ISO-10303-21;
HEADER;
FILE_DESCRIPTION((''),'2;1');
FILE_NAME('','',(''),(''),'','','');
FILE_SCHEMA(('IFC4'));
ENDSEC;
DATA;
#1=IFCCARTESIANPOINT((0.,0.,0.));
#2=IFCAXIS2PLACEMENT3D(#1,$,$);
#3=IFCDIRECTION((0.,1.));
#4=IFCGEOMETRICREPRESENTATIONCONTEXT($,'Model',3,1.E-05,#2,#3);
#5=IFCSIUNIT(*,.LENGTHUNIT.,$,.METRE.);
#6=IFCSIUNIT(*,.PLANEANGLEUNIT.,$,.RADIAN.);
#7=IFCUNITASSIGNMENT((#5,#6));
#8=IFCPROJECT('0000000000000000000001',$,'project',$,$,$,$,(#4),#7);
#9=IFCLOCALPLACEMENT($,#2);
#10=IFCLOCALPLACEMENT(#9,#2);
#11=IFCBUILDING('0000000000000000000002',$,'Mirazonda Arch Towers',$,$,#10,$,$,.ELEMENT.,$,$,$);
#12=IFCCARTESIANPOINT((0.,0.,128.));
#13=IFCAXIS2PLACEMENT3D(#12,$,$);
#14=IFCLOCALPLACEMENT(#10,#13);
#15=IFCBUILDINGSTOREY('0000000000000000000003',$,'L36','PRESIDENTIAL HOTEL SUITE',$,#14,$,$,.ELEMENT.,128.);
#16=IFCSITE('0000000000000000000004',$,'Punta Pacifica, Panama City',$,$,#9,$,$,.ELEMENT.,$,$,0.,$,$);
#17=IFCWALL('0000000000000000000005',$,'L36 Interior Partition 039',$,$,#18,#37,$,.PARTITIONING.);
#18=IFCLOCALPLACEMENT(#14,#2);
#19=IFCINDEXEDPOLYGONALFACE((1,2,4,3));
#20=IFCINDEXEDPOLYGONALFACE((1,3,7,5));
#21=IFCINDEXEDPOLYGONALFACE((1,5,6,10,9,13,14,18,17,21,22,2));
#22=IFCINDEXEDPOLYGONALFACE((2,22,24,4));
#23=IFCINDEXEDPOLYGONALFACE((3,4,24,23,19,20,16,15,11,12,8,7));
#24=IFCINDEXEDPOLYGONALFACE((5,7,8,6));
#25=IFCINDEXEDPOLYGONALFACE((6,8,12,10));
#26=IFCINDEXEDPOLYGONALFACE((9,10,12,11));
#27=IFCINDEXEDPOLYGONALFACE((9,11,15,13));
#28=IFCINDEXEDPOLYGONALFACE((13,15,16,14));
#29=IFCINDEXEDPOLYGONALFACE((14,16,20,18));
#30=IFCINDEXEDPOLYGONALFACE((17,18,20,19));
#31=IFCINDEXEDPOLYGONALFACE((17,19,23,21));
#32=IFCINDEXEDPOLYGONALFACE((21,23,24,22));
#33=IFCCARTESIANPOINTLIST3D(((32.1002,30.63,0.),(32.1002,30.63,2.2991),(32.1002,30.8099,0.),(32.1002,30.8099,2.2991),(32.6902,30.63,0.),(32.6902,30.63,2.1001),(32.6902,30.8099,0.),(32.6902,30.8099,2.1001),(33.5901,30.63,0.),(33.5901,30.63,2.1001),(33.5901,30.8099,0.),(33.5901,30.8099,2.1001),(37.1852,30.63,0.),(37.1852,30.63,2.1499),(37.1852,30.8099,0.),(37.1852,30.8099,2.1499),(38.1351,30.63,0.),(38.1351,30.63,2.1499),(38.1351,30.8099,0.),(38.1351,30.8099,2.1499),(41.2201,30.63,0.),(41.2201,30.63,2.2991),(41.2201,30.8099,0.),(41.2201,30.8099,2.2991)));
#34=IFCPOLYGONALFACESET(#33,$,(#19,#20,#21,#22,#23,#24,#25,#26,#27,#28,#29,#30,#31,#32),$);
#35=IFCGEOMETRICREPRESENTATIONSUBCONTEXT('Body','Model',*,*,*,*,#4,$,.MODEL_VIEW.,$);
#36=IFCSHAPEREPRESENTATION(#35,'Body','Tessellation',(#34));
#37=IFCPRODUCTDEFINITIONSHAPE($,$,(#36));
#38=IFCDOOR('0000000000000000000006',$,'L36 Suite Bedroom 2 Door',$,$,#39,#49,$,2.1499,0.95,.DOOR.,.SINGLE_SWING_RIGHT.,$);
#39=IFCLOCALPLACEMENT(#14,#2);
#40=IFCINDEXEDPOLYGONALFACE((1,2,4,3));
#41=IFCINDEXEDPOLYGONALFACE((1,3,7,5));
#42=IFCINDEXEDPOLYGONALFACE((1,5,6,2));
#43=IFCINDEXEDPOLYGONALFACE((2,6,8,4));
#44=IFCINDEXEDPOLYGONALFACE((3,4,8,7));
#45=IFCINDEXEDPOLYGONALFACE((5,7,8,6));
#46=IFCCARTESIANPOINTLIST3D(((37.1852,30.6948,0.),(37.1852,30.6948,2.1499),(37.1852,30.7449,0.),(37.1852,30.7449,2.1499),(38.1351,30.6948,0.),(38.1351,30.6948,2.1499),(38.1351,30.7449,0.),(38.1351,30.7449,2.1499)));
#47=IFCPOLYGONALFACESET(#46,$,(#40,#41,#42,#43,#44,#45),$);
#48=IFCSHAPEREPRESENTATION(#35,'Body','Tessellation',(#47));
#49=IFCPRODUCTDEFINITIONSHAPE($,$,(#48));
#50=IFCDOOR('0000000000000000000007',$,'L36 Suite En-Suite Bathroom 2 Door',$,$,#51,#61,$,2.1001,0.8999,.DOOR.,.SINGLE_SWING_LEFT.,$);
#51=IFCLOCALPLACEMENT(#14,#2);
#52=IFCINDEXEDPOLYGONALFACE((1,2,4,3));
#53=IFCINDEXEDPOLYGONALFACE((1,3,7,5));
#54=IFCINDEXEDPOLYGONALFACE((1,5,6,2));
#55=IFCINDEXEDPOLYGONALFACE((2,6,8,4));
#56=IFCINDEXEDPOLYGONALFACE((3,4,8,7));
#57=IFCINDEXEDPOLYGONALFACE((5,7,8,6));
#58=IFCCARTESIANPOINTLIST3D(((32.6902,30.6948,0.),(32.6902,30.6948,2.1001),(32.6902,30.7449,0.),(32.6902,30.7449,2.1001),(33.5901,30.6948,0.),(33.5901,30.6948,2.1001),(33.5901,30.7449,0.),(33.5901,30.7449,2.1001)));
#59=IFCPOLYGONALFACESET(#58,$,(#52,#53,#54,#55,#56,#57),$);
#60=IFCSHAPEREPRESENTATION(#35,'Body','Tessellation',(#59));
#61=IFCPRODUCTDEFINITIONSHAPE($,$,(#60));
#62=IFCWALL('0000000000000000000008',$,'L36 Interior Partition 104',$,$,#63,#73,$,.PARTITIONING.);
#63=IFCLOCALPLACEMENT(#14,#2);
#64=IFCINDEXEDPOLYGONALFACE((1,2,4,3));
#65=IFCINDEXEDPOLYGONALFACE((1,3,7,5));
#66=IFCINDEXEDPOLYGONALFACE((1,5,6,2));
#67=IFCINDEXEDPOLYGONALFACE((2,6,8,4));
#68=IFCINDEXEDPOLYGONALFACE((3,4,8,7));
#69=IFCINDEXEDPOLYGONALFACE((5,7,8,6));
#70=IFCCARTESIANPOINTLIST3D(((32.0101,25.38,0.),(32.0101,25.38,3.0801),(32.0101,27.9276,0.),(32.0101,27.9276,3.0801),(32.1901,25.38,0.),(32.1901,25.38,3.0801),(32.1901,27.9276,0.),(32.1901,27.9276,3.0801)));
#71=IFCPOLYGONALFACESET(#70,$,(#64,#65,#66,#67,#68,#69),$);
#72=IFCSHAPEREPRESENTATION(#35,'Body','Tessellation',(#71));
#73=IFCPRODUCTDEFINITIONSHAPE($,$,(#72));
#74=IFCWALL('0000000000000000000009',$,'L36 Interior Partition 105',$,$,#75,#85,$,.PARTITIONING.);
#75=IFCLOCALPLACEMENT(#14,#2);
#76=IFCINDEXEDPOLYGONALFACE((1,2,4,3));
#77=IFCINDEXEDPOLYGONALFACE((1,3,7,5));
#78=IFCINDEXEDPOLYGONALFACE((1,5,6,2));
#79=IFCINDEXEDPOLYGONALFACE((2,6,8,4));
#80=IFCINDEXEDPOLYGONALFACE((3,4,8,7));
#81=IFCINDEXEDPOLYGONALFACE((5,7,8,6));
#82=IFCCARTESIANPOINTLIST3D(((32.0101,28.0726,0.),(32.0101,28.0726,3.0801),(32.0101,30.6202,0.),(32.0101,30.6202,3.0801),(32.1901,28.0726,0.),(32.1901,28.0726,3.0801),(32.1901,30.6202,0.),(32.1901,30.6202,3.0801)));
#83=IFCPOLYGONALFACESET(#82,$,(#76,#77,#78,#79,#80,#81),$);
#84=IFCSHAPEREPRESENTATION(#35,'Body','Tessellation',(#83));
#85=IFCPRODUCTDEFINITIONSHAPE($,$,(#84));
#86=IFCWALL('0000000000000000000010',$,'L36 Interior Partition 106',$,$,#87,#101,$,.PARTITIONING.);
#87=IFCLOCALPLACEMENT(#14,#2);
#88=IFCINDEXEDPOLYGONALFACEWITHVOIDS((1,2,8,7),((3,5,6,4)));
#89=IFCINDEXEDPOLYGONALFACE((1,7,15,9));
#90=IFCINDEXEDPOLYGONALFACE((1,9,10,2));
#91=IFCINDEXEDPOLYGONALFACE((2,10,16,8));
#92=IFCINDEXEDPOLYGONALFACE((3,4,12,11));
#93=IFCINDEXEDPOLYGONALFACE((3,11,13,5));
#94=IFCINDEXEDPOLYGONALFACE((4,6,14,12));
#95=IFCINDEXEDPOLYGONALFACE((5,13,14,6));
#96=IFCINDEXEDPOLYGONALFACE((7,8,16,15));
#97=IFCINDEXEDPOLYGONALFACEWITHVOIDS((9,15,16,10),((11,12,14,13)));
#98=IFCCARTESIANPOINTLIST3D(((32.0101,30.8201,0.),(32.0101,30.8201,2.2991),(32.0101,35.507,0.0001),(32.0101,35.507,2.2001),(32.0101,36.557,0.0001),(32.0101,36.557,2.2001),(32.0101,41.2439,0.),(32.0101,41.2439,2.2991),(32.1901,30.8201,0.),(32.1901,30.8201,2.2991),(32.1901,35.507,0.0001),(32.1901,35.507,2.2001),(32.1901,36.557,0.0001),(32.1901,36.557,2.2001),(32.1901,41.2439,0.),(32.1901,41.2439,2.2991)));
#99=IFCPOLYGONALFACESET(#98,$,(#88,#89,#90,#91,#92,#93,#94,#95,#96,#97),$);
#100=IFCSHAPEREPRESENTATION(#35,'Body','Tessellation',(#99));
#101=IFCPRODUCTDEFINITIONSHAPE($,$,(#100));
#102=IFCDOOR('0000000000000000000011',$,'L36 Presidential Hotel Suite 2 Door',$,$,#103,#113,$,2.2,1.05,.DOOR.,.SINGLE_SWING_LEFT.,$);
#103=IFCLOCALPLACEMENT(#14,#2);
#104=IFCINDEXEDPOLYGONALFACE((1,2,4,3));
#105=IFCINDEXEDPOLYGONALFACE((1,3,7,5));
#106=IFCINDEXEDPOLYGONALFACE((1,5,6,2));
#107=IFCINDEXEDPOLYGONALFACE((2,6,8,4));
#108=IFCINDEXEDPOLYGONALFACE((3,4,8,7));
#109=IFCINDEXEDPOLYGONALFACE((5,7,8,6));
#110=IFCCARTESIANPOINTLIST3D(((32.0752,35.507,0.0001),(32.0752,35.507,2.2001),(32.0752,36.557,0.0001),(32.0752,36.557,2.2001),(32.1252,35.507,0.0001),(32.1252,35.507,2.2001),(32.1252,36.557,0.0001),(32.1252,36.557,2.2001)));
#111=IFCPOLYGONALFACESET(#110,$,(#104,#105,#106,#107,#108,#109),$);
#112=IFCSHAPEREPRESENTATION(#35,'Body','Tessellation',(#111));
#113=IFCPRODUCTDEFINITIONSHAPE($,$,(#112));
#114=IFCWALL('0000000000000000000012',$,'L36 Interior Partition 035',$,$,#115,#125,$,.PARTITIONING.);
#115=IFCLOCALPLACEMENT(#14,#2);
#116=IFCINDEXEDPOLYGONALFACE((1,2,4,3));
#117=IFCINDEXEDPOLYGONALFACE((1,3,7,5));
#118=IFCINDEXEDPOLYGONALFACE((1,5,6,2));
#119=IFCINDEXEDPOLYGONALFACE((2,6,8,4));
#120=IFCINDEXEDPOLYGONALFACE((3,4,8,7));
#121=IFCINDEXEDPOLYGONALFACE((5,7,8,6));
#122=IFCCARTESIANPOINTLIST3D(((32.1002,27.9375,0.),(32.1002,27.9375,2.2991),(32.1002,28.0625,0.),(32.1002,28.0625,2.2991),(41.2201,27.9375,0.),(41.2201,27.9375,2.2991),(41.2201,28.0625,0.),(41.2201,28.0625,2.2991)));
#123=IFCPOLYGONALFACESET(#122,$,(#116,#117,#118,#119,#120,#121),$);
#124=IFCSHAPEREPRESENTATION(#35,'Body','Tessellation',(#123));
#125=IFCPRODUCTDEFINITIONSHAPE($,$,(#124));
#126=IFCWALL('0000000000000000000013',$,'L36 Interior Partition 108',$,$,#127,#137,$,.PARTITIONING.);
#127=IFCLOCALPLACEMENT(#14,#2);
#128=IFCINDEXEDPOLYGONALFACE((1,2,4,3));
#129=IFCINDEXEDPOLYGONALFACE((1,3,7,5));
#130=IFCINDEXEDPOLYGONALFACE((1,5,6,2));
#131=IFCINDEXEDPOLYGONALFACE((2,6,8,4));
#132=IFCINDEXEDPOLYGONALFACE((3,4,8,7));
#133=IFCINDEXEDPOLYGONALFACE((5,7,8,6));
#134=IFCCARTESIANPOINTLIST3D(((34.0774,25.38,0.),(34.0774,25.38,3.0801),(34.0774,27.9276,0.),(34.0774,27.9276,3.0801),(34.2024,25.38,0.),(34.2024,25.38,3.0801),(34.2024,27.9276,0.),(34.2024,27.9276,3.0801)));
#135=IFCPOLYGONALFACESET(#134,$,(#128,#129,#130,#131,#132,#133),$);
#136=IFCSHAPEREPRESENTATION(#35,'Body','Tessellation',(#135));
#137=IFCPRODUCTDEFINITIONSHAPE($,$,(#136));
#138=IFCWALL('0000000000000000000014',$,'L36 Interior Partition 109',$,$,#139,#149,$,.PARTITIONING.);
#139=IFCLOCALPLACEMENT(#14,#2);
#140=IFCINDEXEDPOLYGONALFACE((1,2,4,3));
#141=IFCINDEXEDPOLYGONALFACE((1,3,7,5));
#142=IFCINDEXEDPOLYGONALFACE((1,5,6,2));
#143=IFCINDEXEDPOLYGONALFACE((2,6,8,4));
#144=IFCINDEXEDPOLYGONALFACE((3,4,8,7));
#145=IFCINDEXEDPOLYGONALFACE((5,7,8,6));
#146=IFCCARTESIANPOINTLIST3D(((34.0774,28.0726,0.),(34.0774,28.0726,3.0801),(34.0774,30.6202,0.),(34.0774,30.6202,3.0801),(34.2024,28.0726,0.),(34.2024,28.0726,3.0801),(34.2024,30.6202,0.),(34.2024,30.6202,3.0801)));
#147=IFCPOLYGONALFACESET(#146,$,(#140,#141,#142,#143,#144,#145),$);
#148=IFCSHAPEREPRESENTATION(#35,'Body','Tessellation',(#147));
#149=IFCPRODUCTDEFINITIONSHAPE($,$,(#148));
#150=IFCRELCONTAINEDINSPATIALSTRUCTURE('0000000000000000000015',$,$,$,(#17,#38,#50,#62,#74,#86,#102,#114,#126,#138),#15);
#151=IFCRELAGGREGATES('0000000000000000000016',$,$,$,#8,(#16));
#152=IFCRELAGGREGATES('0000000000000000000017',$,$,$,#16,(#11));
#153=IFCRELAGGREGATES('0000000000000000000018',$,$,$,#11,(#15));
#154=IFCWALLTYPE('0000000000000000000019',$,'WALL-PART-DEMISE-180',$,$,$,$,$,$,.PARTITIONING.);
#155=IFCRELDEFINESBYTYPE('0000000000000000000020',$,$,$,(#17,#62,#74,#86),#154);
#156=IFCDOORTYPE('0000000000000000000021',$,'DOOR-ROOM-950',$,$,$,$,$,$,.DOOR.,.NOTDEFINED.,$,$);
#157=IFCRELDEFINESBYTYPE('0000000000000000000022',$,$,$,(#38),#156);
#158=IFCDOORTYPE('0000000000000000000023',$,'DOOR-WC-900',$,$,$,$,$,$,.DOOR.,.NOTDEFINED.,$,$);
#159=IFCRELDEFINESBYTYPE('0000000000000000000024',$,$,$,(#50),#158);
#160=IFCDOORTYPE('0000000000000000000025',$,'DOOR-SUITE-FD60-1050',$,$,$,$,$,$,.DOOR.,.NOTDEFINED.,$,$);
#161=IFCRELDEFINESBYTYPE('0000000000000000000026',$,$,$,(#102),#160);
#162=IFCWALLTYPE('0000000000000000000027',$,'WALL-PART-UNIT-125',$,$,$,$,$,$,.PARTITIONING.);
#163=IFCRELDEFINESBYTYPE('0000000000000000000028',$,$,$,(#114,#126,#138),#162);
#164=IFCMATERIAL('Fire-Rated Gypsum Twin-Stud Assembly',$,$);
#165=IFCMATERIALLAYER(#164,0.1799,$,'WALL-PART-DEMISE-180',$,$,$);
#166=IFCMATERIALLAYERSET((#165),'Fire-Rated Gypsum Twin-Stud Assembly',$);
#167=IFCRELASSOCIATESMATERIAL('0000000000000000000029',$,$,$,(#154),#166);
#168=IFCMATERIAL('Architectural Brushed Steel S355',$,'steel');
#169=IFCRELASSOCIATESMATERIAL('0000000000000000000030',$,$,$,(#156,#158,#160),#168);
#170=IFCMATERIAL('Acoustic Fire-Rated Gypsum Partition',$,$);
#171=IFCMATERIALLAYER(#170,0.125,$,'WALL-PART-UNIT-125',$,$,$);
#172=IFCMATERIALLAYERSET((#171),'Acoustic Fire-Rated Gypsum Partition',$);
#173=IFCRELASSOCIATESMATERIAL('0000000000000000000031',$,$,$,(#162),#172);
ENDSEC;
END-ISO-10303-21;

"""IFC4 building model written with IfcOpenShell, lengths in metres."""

from ifc_helpers import new_model, si_unit, direction, frame, frame_2d, origin, place, context, subcontext, project, spatial, rectangle, extrude, material, layer, layer_set, type_object, element, fill, save


model = new_model("IFC4")

# Units and contexts
model_context = context("Model", 3, precision=1e-05, world=origin(), true_north=direction((0.0, 1.0)))
body_context = subcontext(model_context, "Body", "Model", "MODEL_VIEW")
ifc_project = project(units=[si_unit("LENGTHUNIT", "METRE"), si_unit("PLANEANGLEUNIT", "RADIAN")], contexts=[model_context])

# Site, building, storey
site_placement = place(None, origin())
site = spatial("IfcSite", under=ifc_project, at=site_placement, Name="Punta Pacifica, Panama City", CompositionType="ELEMENT", RefElevation=0.0)
building_placement = place(site_placement, origin())
building = spatial("IfcBuilding", under=site, at=building_placement, Name="Mirazonda Arch Towers", CompositionType="ELEMENT")
storey_placement = place(building_placement, frame((0.0, 0.0, 128.0)))
storey = spatial("IfcBuildingStorey", under=building, at=storey_placement, Name="L36", Description="PRESIDENTIAL HOTEL SUITE", CompositionType="ELEMENT", Elevation=128.0)

# Wall, openings, doors
ifc_material_1 = material(Name="Fire-Rated Gypsum Twin-Stud Assembly")
ifc_layer_1 = layer(ifc_material_1, 0.1799, Name="WALL-PART-DEMISE-180")
ifc_layer_set_1 = layer_set([ifc_layer_1], Name="Fire-Rated Gypsum Twin-Stud Assembly")
wall_type_1 = type_object("IfcWallType", Name="WALL-PART-DEMISE-180", PredefinedType="PARTITIONING", material=ifc_layer_set_1)
ifc_material_2 = material(Name="Architectural Brushed Steel S355", Category="steel")
door_type_1 = type_object("IfcDoorType", Name="DOOR-ROOM-950", OperationType="NOTDEFINED", PredefinedType="DOOR", material=ifc_material_2)
door_type_2 = type_object("IfcDoorType", Name="DOOR-WC-900", OperationType="NOTDEFINED", PredefinedType="DOOR", material=ifc_material_2)
wall_1_placement = place(storey_placement, frame((32.1001, 30.72, 0.0), z_axis=(0.0, 0.0, 1.0), x_axis=(1.0, 0.0, 0.0)))
wall_1 = element("IfcWall", 1, at=wall_1_placement, inside=storey, type_object=wall_type_1, Name="L36 Interior Partition 039", PredefinedType="PARTITIONING", context=body_context, shape_type="SweptSolid", body=[
    extrude(rectangle(XDim=9.1199, YDim=0.1799, at=frame_2d((4.5601, 0.0))), origin(), (0.0, 0.0, 1.0), 2.2991),
])
opening_1_placement = place(wall_1_placement, frame((5.085, 0.0, 0.0)))
opening_1 = element("IfcOpeningElement", 2, at=opening_1_placement, cuts=wall_1, PredefinedType="OPENING", context=body_context, shape_type="SweptSolid", body=[
    extrude(rectangle(XDim=0.95, YDim=2.1499, at=frame_2d((0.4751, 1.075))), frame((0.0, 0.0999, 0.0), z_axis=(0.0, -1.0, 0.0), x_axis=(1.0, 0.0, 0.0)), (0.0, 0.0, 1.0), 0.2),
])
opening_2_placement = place(wall_1_placement, frame((0.5901, 0.0, 0.0)))
opening_2 = element("IfcOpeningElement", 3, at=opening_2_placement, cuts=wall_1, PredefinedType="OPENING", context=body_context, shape_type="SweptSolid", body=[
    extrude(rectangle(XDim=0.8999, YDim=2.1001, at=frame_2d((0.45, 1.05))), frame((0.0, 0.0999, 0.0), z_axis=(0.0, -1.0, 0.0), x_axis=(1.0, 0.0, 0.0)), (0.0, 0.0, 1.0), 0.2),
])
door_1_placement = place(opening_1_placement, origin())
door_1 = element("IfcDoor", 4, at=door_1_placement, inside=storey, type_object=door_type_1, Name="L36 Suite Bedroom 2 Door", OperationType="SINGLE_SWING_RIGHT", OverallHeight=2.1499, OverallWidth=0.95, PredefinedType="DOOR", context=body_context, shape_type="SweptSolid", body=[
    extrude(rectangle(XDim=0.95, YDim=2.1499, at=frame_2d((0.4751, 1.075))), frame((0.0, 0.0249, 0.0), z_axis=(0.0, -1.0, 0.0), x_axis=(1.0, 0.0, 0.0)), (0.0, 0.0, 1.0), 0.05),
])
fill(opening_1, door_1)
door_2_placement = place(opening_2_placement, origin())
door_2 = element("IfcDoor", 5, at=door_2_placement, inside=storey, type_object=door_type_2, Name="L36 Suite En-Suite Bathroom 2 Door", OperationType="SINGLE_SWING_LEFT", OverallHeight=2.1001, OverallWidth=0.8999, PredefinedType="DOOR", context=body_context, shape_type="SweptSolid", body=[
    extrude(rectangle(XDim=0.8999, YDim=2.1001, at=frame_2d((0.45, 1.05))), frame((0.0, 0.0249, 0.0), z_axis=(0.0, -1.0, 0.0), x_axis=(1.0, 0.0, 0.0)), (0.0, 0.0, 1.0), 0.05),
])
fill(opening_2, door_2)

# Walls
for number, where, z_axis, x_axis, name in (
    (6, (32.1001, 25.3799, 0.0), (0.0, 0.0, 1.0), (0.0, 1.0, 0.0), "L36 Interior Partition 104"),
    (7, (32.1001, 28.0725, 0.0), (0.0, 0.0, 1.0), (0.0, 1.0, 0.0), "L36 Interior Partition 105"),
):
    element("IfcWall", number, at=place(storey_placement, frame(where, z_axis=z_axis, x_axis=x_axis)), inside=storey, type_object=wall_type_1, Name=name, PredefinedType="PARTITIONING", context=body_context, shape_type="SweptSolid", body=[
        extrude(rectangle(XDim=2.5476, YDim=0.1799, at=frame_2d((1.2739, 0.0))), origin(), (0.0, 0.0, 1.0), 3.0801),
    ])

# Wall, opening, door
wall_2_placement = place(storey_placement, frame((32.1001, 30.8201, 0.0), z_axis=(0.0, 0.0, 1.0), x_axis=(0.0, 1.0, 0.0)))
wall_2 = element("IfcWall", 8, at=wall_2_placement, inside=storey, type_object=wall_type_1, Name="L36 Interior Partition 106", PredefinedType="PARTITIONING", context=body_context, shape_type="SweptSolid", body=[
    extrude(rectangle(XDim=10.4238, YDim=0.1799, at=frame_2d((5.2119, 0.0))), origin(), (0.0, 0.0, 1.0), 2.2991),
])
opening_3_placement = place(wall_2_placement, frame((4.687, 0.0, 0.0)))
opening_3 = element("IfcOpeningElement", 9, at=opening_3_placement, cuts=wall_2, PredefinedType="OPENING", context=body_context, shape_type="SweptSolid", body=[
    extrude(rectangle(XDim=1.05, YDim=2.2, at=frame_2d((0.5249, 1.1001))), frame((0.0, 0.0999, 0.0), z_axis=(0.0, -1.0, 0.0), x_axis=(1.0, 0.0, 0.0)), (0.0, 0.0, 1.0), 0.2),
])
door_type_3 = type_object("IfcDoorType", Name="DOOR-SUITE-FD60-1050", OperationType="NOTDEFINED", PredefinedType="DOOR", material=ifc_material_2)
door_3_placement = place(opening_3_placement, origin())
door_3 = element("IfcDoor", 10, at=door_3_placement, inside=storey, type_object=door_type_3, Name="L36 Presidential Hotel Suite 2 Door", OperationType="SINGLE_SWING_LEFT", OverallHeight=2.2, OverallWidth=1.05, PredefinedType="DOOR", context=body_context, shape_type="SweptSolid", body=[
    extrude(rectangle(XDim=1.05, YDim=2.2, at=frame_2d((0.5249, 1.1001))), frame((0.0, 0.0249, 0.0), z_axis=(0.0, -1.0, 0.0), x_axis=(1.0, 0.0, 0.0)), (0.0, 0.0, 1.0), 0.05),
])
fill(opening_3, door_3)

# Walls
ifc_material_3 = material(Name="Acoustic Fire-Rated Gypsum Partition")
ifc_layer_2 = layer(ifc_material_3, 0.125, Name="WALL-PART-UNIT-125")
ifc_layer_set_2 = layer_set([ifc_layer_2], Name="Acoustic Fire-Rated Gypsum Partition")
wall_type_2 = type_object("IfcWallType", Name="WALL-PART-UNIT-125", PredefinedType="PARTITIONING", material=ifc_layer_set_2)
wall_3_placement = place(storey_placement, frame((32.1001, 28.0, 0.0), z_axis=(0.0, 0.0, 1.0), x_axis=(1.0, 0.0, 0.0)))
element("IfcWall", 11, at=wall_3_placement, inside=storey, type_object=wall_type_2, Name="L36 Interior Partition 035", PredefinedType="PARTITIONING", context=body_context, shape_type="SweptSolid", body=[
    extrude(rectangle(XDim=9.1199, YDim=0.125, at=frame_2d((4.5601, 0.0))), origin(), (0.0, 0.0, 1.0), 2.2991),
])
for number, where, z_axis, x_axis, name in (
    (12, (34.1399, 25.3799, 0.0), (0.0, 0.0, 1.0), (0.0, 1.0, 0.0), "L36 Interior Partition 108"),
    (13, (34.1399, 28.0725, 0.0), (0.0, 0.0, 1.0), (0.0, 1.0, 0.0), "L36 Interior Partition 109"),
):
    element("IfcWall", number, at=place(storey_placement, frame(where, z_axis=z_axis, x_axis=x_axis)), inside=storey, type_object=wall_type_2, Name=name, PredefinedType="PARTITIONING", context=body_context, shape_type="SweptSolid", body=[
        extrude(rectangle(XDim=2.5476, YDim=0.125, at=frame_2d((1.2739, 0.0))), origin(), (0.0, 0.0, 1.0), 3.0801),
    ])

save(model, "model.ifc")
